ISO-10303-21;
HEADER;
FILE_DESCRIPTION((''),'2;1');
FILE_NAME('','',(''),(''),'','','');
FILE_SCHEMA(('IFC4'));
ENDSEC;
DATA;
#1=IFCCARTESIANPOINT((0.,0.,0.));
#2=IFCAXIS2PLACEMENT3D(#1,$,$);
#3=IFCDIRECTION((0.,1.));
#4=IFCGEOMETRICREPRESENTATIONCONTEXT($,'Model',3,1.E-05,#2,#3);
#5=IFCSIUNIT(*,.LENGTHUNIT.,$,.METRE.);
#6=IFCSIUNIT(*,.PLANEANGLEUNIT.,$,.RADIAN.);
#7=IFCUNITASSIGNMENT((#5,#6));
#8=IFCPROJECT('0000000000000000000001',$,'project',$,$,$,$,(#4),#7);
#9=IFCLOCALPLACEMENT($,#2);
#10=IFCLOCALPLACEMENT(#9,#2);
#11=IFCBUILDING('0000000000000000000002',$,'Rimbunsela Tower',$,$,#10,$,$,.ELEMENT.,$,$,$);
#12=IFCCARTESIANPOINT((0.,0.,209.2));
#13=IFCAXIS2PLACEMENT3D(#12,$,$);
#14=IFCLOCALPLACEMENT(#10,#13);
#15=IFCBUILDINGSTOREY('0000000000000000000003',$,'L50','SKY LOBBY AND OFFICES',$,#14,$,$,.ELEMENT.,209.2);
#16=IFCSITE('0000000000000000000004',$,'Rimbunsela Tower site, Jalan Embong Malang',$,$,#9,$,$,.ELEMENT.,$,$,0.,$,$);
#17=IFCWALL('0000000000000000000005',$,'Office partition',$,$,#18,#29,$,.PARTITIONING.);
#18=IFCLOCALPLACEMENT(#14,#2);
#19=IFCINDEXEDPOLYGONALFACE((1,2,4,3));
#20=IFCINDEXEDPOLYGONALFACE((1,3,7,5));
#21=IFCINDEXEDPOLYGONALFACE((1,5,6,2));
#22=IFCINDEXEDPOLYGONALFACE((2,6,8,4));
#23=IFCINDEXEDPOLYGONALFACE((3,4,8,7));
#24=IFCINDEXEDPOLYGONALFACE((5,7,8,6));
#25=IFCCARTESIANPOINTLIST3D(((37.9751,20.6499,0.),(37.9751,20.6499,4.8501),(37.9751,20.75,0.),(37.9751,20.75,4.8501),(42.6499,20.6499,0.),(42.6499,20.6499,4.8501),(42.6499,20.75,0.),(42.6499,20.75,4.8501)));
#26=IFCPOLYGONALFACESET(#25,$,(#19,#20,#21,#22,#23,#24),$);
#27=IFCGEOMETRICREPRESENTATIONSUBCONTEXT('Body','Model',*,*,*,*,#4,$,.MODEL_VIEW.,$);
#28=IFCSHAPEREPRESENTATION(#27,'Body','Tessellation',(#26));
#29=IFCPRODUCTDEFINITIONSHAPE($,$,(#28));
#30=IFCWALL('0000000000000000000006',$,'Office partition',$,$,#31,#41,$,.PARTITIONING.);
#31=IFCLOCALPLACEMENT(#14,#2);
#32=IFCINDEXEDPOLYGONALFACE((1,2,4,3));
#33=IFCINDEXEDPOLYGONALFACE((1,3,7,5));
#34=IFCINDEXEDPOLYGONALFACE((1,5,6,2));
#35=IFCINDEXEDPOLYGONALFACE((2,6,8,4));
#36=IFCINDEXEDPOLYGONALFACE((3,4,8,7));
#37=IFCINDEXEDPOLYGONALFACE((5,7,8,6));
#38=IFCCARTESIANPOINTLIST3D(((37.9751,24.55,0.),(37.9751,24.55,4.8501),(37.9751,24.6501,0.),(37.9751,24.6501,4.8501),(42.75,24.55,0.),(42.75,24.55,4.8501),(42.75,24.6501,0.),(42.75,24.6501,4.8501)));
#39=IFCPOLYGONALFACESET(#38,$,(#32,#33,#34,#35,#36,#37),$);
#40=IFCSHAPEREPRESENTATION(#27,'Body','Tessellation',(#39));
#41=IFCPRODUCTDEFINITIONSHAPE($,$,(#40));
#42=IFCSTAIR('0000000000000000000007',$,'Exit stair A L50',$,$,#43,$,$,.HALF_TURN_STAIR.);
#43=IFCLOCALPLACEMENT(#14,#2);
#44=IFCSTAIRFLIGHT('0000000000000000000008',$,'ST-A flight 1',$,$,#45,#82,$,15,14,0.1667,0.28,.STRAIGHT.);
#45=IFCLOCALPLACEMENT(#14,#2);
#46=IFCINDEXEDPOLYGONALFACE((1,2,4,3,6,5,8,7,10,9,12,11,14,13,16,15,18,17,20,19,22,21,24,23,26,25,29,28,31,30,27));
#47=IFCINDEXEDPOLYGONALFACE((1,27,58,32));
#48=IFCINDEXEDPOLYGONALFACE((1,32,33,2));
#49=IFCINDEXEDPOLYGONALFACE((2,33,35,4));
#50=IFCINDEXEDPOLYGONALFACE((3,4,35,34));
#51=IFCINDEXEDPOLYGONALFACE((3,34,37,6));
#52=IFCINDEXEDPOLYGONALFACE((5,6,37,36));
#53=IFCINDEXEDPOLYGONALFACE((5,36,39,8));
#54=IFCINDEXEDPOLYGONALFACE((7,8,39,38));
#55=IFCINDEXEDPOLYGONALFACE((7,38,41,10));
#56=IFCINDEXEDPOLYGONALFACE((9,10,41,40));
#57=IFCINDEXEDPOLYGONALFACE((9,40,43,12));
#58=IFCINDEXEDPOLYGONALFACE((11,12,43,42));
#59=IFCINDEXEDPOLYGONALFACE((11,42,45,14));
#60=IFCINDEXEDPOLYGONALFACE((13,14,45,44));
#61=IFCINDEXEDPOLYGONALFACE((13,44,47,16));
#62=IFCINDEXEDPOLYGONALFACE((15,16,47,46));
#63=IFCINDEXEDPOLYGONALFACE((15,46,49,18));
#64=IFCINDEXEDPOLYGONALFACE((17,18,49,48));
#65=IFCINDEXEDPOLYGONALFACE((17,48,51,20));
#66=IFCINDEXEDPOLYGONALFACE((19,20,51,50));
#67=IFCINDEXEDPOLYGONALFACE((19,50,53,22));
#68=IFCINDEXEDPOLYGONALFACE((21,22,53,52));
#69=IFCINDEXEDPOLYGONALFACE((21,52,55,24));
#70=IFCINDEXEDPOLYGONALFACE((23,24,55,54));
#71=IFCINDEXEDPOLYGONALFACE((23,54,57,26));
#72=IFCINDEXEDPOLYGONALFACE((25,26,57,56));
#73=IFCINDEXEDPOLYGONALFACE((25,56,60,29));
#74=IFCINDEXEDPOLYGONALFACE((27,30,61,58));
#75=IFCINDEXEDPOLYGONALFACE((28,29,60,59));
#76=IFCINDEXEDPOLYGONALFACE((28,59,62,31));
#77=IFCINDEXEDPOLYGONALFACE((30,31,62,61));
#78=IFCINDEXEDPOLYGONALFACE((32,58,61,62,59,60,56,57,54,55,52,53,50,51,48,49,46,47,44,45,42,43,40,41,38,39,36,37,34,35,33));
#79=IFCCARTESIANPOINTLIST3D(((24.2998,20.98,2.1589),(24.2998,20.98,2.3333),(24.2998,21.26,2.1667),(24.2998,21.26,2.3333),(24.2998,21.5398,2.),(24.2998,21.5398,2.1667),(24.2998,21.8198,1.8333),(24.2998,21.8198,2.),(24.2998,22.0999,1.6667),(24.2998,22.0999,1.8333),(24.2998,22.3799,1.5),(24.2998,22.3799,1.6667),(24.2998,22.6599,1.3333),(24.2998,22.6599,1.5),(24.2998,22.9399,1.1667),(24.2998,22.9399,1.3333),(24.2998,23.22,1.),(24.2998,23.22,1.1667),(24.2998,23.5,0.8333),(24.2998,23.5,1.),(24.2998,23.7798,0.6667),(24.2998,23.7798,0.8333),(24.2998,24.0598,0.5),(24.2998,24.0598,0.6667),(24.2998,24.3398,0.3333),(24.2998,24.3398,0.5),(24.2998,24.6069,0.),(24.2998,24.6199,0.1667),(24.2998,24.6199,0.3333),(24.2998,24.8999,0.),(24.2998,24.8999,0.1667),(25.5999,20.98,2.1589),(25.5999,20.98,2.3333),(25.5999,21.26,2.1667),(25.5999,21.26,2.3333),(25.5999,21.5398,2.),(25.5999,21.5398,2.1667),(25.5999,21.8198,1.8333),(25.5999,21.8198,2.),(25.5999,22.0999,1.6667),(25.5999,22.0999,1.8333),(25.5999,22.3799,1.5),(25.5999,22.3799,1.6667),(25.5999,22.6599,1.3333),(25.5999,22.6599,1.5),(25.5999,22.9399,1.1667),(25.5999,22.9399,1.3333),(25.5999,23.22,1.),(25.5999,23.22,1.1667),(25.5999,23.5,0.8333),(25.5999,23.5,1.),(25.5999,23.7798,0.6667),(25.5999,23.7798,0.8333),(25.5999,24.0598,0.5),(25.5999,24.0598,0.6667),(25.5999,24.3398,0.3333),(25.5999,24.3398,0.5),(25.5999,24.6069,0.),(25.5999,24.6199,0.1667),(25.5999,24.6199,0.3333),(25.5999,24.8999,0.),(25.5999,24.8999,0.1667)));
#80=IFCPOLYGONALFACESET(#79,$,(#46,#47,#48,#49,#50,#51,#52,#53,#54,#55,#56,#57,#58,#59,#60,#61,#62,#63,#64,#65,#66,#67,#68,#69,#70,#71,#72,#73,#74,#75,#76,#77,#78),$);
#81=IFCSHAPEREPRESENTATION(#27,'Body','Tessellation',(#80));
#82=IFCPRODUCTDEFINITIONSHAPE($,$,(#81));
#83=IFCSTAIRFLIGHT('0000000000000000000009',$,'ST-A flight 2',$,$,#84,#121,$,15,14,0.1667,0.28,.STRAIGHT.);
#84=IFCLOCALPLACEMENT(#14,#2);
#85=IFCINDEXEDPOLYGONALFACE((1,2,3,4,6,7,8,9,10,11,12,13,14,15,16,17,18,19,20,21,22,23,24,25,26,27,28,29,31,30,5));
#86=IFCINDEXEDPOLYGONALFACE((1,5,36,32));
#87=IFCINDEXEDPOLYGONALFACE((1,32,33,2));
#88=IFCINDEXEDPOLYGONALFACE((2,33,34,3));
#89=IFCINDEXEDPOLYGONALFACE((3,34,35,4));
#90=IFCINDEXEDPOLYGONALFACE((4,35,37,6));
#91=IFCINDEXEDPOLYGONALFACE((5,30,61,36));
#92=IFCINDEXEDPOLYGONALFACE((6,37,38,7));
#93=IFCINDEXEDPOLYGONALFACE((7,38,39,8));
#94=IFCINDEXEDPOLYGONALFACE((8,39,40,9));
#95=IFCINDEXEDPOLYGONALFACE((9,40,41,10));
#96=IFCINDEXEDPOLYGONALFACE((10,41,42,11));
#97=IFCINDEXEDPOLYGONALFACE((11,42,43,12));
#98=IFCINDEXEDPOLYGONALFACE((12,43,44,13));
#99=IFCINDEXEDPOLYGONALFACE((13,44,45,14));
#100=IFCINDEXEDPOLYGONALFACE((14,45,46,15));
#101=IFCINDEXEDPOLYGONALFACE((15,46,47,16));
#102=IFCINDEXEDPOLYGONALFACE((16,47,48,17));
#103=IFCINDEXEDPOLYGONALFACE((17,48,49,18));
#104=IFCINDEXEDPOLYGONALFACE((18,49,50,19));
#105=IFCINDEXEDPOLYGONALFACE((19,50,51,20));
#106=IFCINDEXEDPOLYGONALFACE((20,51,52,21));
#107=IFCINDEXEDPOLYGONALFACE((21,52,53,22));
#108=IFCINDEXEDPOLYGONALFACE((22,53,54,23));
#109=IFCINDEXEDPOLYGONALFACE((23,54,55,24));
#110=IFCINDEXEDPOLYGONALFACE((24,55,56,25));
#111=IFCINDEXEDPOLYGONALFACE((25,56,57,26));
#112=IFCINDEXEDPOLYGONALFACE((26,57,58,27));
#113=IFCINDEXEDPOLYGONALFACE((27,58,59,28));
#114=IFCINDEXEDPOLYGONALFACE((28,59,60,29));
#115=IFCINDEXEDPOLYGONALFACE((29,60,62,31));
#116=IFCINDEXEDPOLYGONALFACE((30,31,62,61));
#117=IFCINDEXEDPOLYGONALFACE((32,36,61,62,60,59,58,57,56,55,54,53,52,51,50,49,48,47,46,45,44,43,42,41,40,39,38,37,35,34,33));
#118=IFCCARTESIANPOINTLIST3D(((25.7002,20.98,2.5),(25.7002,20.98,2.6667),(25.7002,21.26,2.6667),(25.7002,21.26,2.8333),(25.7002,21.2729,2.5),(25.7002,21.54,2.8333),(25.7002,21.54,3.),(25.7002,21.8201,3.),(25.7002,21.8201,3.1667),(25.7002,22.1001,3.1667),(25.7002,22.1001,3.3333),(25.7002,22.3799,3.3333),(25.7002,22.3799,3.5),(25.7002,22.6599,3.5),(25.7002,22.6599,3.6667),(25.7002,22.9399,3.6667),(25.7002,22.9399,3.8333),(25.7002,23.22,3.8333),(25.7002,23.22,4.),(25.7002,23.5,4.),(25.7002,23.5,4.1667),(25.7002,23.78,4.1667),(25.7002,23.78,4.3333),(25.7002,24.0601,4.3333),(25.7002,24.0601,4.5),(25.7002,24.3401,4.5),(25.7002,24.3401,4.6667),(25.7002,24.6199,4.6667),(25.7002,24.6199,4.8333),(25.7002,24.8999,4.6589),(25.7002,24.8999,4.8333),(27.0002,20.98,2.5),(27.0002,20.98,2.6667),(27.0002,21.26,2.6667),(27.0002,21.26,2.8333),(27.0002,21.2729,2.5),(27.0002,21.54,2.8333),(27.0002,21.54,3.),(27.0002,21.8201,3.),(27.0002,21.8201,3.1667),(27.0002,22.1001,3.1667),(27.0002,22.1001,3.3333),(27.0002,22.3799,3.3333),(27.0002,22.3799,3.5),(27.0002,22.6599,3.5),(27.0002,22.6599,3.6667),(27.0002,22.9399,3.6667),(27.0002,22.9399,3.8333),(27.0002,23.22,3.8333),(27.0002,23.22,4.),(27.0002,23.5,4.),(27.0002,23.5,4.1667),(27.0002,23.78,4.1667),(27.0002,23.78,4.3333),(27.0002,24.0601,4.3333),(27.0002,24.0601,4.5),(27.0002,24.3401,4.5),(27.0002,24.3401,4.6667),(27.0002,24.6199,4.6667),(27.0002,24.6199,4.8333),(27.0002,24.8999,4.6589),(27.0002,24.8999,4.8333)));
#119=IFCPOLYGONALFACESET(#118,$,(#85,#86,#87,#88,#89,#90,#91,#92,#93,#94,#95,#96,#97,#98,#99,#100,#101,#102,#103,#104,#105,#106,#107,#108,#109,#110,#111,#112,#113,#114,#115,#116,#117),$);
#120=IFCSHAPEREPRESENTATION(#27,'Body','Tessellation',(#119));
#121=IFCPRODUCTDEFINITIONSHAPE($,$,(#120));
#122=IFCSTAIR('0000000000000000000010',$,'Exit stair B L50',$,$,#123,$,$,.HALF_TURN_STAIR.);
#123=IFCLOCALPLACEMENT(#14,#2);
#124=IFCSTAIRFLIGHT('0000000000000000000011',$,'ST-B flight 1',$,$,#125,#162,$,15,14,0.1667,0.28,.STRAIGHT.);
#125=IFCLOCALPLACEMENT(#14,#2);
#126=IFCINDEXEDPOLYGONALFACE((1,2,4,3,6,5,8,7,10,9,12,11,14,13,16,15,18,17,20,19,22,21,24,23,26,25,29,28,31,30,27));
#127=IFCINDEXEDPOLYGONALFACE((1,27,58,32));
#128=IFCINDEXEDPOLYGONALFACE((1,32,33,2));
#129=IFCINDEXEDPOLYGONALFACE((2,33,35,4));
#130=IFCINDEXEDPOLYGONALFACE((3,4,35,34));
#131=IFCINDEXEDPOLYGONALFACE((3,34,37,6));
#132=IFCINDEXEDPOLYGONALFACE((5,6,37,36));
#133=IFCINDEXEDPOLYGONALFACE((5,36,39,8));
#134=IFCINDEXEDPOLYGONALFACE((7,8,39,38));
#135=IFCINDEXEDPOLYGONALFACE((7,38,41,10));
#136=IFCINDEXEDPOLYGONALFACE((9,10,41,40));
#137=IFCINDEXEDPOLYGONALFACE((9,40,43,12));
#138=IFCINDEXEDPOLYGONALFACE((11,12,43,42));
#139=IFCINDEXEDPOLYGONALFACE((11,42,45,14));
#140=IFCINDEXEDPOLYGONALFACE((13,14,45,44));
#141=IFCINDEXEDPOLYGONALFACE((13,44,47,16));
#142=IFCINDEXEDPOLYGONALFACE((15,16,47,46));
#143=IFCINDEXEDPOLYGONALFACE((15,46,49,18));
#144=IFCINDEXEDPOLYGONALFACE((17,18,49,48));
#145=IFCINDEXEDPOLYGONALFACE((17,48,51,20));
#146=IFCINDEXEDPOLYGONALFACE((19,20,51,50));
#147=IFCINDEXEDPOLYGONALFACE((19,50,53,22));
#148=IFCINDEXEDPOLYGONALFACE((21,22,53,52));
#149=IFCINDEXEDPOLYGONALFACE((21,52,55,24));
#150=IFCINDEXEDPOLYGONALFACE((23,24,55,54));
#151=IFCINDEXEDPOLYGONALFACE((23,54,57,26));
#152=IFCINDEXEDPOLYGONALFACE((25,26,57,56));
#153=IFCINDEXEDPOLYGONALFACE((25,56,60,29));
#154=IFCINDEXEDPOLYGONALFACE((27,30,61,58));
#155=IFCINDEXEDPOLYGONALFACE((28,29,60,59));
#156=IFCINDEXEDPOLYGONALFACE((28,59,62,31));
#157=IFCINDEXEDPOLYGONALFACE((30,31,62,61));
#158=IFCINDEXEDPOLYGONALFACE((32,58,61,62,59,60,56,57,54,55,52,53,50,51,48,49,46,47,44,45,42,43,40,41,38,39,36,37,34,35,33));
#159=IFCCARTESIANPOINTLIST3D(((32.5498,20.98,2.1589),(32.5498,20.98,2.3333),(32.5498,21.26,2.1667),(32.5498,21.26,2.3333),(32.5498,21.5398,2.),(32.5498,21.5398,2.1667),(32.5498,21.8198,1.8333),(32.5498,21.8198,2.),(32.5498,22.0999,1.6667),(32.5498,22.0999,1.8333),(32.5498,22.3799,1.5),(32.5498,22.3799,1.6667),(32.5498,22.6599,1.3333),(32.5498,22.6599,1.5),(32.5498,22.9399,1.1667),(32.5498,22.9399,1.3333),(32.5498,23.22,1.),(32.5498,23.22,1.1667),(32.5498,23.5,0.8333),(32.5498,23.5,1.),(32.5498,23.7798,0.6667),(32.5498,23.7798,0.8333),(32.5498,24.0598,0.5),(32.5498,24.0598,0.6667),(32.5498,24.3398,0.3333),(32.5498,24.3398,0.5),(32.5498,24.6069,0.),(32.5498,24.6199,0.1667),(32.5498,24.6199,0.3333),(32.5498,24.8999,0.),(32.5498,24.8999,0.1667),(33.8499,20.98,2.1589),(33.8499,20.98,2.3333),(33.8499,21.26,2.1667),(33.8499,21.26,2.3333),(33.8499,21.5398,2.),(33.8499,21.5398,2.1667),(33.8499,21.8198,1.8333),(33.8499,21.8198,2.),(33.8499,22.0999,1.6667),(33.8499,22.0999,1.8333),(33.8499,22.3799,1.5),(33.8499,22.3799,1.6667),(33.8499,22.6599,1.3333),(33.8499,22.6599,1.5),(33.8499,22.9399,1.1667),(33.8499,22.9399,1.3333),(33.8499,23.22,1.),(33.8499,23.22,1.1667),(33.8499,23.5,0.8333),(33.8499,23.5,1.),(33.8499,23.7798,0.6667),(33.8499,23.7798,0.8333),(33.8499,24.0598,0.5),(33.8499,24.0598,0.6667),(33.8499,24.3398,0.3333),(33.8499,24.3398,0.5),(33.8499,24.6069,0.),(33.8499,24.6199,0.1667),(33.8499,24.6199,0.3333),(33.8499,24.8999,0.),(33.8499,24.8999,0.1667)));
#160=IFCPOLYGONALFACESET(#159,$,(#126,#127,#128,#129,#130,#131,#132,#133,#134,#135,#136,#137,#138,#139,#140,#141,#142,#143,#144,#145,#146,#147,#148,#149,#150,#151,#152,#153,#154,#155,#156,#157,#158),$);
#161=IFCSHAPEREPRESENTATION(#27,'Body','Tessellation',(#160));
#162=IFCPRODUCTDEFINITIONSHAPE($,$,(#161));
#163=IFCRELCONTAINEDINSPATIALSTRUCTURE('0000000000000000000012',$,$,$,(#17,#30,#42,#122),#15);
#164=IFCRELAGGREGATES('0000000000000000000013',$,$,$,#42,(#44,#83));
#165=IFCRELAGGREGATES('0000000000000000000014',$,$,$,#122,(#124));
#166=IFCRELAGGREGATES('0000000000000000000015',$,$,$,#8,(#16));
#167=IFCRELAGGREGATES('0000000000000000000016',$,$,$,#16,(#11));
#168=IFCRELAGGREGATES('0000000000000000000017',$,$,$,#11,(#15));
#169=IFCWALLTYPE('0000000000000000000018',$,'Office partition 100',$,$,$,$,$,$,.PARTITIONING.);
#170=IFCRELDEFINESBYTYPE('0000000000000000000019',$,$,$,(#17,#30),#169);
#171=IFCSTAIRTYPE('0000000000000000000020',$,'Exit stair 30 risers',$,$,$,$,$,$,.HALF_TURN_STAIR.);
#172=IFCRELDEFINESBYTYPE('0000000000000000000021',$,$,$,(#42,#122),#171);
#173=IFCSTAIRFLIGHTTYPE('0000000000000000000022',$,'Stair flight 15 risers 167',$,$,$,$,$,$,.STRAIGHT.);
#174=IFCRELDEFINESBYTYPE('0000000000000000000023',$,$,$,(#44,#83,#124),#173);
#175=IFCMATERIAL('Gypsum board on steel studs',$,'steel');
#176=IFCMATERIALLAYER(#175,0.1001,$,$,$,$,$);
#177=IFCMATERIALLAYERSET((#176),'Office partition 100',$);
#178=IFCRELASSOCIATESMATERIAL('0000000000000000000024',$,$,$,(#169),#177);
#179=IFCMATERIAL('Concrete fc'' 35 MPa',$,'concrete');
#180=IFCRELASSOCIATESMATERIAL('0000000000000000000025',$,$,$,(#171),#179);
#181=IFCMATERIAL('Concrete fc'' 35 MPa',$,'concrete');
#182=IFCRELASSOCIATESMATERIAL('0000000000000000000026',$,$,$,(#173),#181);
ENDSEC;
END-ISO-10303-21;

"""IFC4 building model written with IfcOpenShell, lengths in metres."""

from ifc_helpers import new_model, si_unit, direction, frame, frame_2d, origin, place, context, subcontext, project, spatial, polyline, rectangle, outline, extrude, material, layer, layer_set, type_object, element, aggregate, save


model = new_model("IFC4")

# Units and contexts
model_context = context("Model", 3, precision=1e-05, world=origin(), true_north=direction((0.0, 1.0)))
body_context = subcontext(model_context, "Body", "Model", "MODEL_VIEW")
ifc_project = project(units=[si_unit("LENGTHUNIT", "METRE"), si_unit("PLANEANGLEUNIT", "RADIAN")], contexts=[model_context])

# Site, building, storey
site_placement = place(None, origin())
site = spatial("IfcSite", under=ifc_project, at=site_placement, Name="Rimbunsela Tower site, Jalan Embong Malang", CompositionType="ELEMENT", RefElevation=0.0)
building_placement = place(site_placement, origin())
building = spatial("IfcBuilding", under=site, at=building_placement, Name="Rimbunsela Tower", CompositionType="ELEMENT")
storey_placement = place(building_placement, frame((0.0, 0.0, 209.2)))
storey = spatial("IfcBuildingStorey", under=building, at=storey_placement, Name="L50", Description="SKY LOBBY AND OFFICES", CompositionType="ELEMENT", Elevation=209.2)

# Walls
ifc_material_1 = material(Name="Gypsum board on steel studs", Category="steel")
ifc_layer_1 = layer(ifc_material_1, 0.1001)
ifc_layer_set_1 = layer_set([ifc_layer_1], Name="Office partition 100")
wall_type_1 = type_object("IfcWallType", Name="Office partition 100", PredefinedType="PARTITIONING", material=ifc_layer_set_1)
wall_1_placement = place(storey_placement, frame((37.9751, 20.7, 0.0), z_axis=(0.0, 0.0, 1.0), x_axis=(1.0, 0.0, 0.0)))
element("IfcWall", 1, at=wall_1_placement, inside=storey, type_object=wall_type_1, Name="Office partition", PredefinedType="PARTITIONING", context=body_context, shape_type="SweptSolid", body=[
    extrude(rectangle(XDim=4.6748, YDim=0.1001, at=frame_2d((2.3374, 0.0))), origin(), (0.0, 0.0, 1.0), 4.8501),
])
wall_2_placement = place(storey_placement, frame((37.9751, 24.6001, 0.0), z_axis=(0.0, 0.0, 1.0), x_axis=(1.0, 0.0, 0.0)))
element("IfcWall", 2, at=wall_2_placement, inside=storey, type_object=wall_type_1, Name="Office partition", PredefinedType="PARTITIONING", context=body_context, shape_type="SweptSolid", body=[
    extrude(rectangle(XDim=4.7749, YDim=0.1001, at=frame_2d((2.3875, 0.0))), origin(), (0.0, 0.0, 1.0), 4.8501),
])

# Stairs, stair flights
ifc_material_2 = material(Name="Concrete fc' 35 MPa", Category="concrete")
stair_type = type_object("IfcStairType", Name="Exit stair 30 risers", PredefinedType="HALF_TURN_STAIR", material=ifc_material_2)
stair_1_placement = place(storey_placement, origin())
stair_1 = element("IfcStair", 3, at=stair_1_placement, inside=storey, type_object=stair_type, Name="Exit stair A L50", PredefinedType="HALF_TURN_STAIR")
ifc_material_3 = material(Name="Concrete fc' 35 MPa", Category="concrete")
stair_flight_type = type_object("IfcStairFlightType", Name="Stair flight 15 risers 167", PredefinedType="STRAIGHT", material=ifc_material_3)
stair_flight_1_placement = place(storey_placement, frame((24.95, 24.8999, 0.0), z_axis=(0.0, 0.0, 1.0), x_axis=(0.0, -1.0, 0.0)))
stair_flight_1 = element("IfcStairFlight", 4, at=stair_flight_1_placement, type_object=stair_flight_type, Name="ST-A flight 1", NumberOfRisers=15, NumberOfTreads=14, PredefinedType="STRAIGHT", RiserHeight=0.1667, TreadLength=0.28, context=body_context, shape_type="SweptSolid", body=[
    extrude(outline(polyline([(0.0, 0.0), (0.0, 0.1667), (0.28, 0.1667), (0.28, 0.3333), (0.5601, 0.3333), (0.5601, 0.5), (0.8401, 0.5), (0.8401, 0.6667), (1.1201, 0.6667), (1.1201, 0.8333), (1.3999, 0.8333), (1.3999, 1.0), (1.6799, 1.0), (1.6799, 1.1667), (1.96, 1.1667), (1.96, 1.3333), (2.24, 1.3333), (2.24, 1.5), (2.52, 1.5), (2.52, 1.6667), (2.8, 1.6667), (2.8, 1.8333), (3.0801, 1.8333), (3.0801, 2.0), (3.3601, 2.0), (3.3601, 2.1667), (3.6399, 2.1667), (3.6399, 2.3333), (3.9199, 2.3333), (3.9199, 2.5), (3.9199, 2.1589), (0.293, 0.0), (0.0, 0.0)])), frame((0.0, 0.6499, 0.0), z_axis=(0.0, -1.0, 0.0), x_axis=(1.0, 0.0, 0.0)), (0.0, 0.0, 1.0), 1.3),
])
stair_flight_2_placement = place(storey_placement, frame((26.3501, 20.98, 2.5), z_axis=(0.0, 0.0, 1.0), x_axis=(0.0, 1.0, 0.0)))
stair_flight_2 = element("IfcStairFlight", 5, at=stair_flight_2_placement, type_object=stair_flight_type, Name="ST-A flight 2", NumberOfRisers=15, NumberOfTreads=14, PredefinedType="STRAIGHT", RiserHeight=0.1667, TreadLength=0.28, context=body_context, shape_type="SweptSolid", body=[
    extrude(outline(polyline([(0.0, 0.0), (0.0, 0.1667), (0.28, 0.1667), (0.28, 0.3333), (0.5601, 0.3333), (0.5601, 0.5), (0.8401, 0.5), (0.8401, 0.6667), (1.1201, 0.6667), (1.1201, 0.8333), (1.3999, 0.8333), (1.3999, 1.0), (1.6799, 1.0), (1.6799, 1.1667), (1.96, 1.1667), (1.96, 1.3333), (2.24, 1.3333), (2.24, 1.5), (2.52, 1.5), (2.52, 1.6667), (2.8, 1.6667), (2.8, 1.8333), (3.0801, 1.8333), (3.0801, 2.0), (3.3601, 2.0), (3.3601, 2.1667), (3.6399, 2.1667), (3.6399, 2.3333), (3.9199, 2.3333), (3.9199, 2.5), (3.9199, 2.1589), (0.293, 0.0), (0.0, 0.0)])), frame((0.0, 0.6499, 0.0), z_axis=(0.0, -1.0, 0.0), x_axis=(1.0, 0.0, 0.0)), (0.0, 0.0, 1.0), 1.3),
])
aggregate(stair_1, [stair_flight_1, stair_flight_2])
stair_2_placement = place(storey_placement, origin())
stair_2 = element("IfcStair", 6, at=stair_2_placement, inside=storey, type_object=stair_type, Name="Exit stair B L50", PredefinedType="HALF_TURN_STAIR")
stair_flight_3_placement = place(storey_placement, frame((33.2, 24.8999, 0.0), z_axis=(0.0, 0.0, 1.0), x_axis=(0.0, -1.0, 0.0)))
stair_flight_3 = element("IfcStairFlight", 7, at=stair_flight_3_placement, type_object=stair_flight_type, Name="ST-B flight 1", NumberOfRisers=15, NumberOfTreads=14, PredefinedType="STRAIGHT", RiserHeight=0.1667, TreadLength=0.28, context=body_context, shape_type="SweptSolid", body=[
    extrude(outline(polyline([(0.0, 0.0), (0.0, 0.1667), (0.28, 0.1667), (0.28, 0.3333), (0.5601, 0.3333), (0.5601, 0.5), (0.8401, 0.5), (0.8401, 0.6667), (1.1201, 0.6667), (1.1201, 0.8333), (1.3999, 0.8333), (1.3999, 1.0), (1.6799, 1.0), (1.6799, 1.1667), (1.96, 1.1667), (1.96, 1.3333), (2.24, 1.3333), (2.24, 1.5), (2.52, 1.5), (2.52, 1.6667), (2.8, 1.6667), (2.8, 1.8333), (3.0801, 1.8333), (3.0801, 2.0), (3.3601, 2.0), (3.3601, 2.1667), (3.6399, 2.1667), (3.6399, 2.3333), (3.9199, 2.3333), (3.9199, 2.5), (3.9199, 2.1589), (0.293, 0.0), (0.0, 0.0)])), frame((0.0, 0.6499, 0.0), z_axis=(0.0, -1.0, 0.0), x_axis=(1.0, 0.0, 0.0)), (0.0, 0.0, 1.0), 1.3),
])
aggregate(stair_2, [stair_flight_3])

save(model, "model.ifc")
